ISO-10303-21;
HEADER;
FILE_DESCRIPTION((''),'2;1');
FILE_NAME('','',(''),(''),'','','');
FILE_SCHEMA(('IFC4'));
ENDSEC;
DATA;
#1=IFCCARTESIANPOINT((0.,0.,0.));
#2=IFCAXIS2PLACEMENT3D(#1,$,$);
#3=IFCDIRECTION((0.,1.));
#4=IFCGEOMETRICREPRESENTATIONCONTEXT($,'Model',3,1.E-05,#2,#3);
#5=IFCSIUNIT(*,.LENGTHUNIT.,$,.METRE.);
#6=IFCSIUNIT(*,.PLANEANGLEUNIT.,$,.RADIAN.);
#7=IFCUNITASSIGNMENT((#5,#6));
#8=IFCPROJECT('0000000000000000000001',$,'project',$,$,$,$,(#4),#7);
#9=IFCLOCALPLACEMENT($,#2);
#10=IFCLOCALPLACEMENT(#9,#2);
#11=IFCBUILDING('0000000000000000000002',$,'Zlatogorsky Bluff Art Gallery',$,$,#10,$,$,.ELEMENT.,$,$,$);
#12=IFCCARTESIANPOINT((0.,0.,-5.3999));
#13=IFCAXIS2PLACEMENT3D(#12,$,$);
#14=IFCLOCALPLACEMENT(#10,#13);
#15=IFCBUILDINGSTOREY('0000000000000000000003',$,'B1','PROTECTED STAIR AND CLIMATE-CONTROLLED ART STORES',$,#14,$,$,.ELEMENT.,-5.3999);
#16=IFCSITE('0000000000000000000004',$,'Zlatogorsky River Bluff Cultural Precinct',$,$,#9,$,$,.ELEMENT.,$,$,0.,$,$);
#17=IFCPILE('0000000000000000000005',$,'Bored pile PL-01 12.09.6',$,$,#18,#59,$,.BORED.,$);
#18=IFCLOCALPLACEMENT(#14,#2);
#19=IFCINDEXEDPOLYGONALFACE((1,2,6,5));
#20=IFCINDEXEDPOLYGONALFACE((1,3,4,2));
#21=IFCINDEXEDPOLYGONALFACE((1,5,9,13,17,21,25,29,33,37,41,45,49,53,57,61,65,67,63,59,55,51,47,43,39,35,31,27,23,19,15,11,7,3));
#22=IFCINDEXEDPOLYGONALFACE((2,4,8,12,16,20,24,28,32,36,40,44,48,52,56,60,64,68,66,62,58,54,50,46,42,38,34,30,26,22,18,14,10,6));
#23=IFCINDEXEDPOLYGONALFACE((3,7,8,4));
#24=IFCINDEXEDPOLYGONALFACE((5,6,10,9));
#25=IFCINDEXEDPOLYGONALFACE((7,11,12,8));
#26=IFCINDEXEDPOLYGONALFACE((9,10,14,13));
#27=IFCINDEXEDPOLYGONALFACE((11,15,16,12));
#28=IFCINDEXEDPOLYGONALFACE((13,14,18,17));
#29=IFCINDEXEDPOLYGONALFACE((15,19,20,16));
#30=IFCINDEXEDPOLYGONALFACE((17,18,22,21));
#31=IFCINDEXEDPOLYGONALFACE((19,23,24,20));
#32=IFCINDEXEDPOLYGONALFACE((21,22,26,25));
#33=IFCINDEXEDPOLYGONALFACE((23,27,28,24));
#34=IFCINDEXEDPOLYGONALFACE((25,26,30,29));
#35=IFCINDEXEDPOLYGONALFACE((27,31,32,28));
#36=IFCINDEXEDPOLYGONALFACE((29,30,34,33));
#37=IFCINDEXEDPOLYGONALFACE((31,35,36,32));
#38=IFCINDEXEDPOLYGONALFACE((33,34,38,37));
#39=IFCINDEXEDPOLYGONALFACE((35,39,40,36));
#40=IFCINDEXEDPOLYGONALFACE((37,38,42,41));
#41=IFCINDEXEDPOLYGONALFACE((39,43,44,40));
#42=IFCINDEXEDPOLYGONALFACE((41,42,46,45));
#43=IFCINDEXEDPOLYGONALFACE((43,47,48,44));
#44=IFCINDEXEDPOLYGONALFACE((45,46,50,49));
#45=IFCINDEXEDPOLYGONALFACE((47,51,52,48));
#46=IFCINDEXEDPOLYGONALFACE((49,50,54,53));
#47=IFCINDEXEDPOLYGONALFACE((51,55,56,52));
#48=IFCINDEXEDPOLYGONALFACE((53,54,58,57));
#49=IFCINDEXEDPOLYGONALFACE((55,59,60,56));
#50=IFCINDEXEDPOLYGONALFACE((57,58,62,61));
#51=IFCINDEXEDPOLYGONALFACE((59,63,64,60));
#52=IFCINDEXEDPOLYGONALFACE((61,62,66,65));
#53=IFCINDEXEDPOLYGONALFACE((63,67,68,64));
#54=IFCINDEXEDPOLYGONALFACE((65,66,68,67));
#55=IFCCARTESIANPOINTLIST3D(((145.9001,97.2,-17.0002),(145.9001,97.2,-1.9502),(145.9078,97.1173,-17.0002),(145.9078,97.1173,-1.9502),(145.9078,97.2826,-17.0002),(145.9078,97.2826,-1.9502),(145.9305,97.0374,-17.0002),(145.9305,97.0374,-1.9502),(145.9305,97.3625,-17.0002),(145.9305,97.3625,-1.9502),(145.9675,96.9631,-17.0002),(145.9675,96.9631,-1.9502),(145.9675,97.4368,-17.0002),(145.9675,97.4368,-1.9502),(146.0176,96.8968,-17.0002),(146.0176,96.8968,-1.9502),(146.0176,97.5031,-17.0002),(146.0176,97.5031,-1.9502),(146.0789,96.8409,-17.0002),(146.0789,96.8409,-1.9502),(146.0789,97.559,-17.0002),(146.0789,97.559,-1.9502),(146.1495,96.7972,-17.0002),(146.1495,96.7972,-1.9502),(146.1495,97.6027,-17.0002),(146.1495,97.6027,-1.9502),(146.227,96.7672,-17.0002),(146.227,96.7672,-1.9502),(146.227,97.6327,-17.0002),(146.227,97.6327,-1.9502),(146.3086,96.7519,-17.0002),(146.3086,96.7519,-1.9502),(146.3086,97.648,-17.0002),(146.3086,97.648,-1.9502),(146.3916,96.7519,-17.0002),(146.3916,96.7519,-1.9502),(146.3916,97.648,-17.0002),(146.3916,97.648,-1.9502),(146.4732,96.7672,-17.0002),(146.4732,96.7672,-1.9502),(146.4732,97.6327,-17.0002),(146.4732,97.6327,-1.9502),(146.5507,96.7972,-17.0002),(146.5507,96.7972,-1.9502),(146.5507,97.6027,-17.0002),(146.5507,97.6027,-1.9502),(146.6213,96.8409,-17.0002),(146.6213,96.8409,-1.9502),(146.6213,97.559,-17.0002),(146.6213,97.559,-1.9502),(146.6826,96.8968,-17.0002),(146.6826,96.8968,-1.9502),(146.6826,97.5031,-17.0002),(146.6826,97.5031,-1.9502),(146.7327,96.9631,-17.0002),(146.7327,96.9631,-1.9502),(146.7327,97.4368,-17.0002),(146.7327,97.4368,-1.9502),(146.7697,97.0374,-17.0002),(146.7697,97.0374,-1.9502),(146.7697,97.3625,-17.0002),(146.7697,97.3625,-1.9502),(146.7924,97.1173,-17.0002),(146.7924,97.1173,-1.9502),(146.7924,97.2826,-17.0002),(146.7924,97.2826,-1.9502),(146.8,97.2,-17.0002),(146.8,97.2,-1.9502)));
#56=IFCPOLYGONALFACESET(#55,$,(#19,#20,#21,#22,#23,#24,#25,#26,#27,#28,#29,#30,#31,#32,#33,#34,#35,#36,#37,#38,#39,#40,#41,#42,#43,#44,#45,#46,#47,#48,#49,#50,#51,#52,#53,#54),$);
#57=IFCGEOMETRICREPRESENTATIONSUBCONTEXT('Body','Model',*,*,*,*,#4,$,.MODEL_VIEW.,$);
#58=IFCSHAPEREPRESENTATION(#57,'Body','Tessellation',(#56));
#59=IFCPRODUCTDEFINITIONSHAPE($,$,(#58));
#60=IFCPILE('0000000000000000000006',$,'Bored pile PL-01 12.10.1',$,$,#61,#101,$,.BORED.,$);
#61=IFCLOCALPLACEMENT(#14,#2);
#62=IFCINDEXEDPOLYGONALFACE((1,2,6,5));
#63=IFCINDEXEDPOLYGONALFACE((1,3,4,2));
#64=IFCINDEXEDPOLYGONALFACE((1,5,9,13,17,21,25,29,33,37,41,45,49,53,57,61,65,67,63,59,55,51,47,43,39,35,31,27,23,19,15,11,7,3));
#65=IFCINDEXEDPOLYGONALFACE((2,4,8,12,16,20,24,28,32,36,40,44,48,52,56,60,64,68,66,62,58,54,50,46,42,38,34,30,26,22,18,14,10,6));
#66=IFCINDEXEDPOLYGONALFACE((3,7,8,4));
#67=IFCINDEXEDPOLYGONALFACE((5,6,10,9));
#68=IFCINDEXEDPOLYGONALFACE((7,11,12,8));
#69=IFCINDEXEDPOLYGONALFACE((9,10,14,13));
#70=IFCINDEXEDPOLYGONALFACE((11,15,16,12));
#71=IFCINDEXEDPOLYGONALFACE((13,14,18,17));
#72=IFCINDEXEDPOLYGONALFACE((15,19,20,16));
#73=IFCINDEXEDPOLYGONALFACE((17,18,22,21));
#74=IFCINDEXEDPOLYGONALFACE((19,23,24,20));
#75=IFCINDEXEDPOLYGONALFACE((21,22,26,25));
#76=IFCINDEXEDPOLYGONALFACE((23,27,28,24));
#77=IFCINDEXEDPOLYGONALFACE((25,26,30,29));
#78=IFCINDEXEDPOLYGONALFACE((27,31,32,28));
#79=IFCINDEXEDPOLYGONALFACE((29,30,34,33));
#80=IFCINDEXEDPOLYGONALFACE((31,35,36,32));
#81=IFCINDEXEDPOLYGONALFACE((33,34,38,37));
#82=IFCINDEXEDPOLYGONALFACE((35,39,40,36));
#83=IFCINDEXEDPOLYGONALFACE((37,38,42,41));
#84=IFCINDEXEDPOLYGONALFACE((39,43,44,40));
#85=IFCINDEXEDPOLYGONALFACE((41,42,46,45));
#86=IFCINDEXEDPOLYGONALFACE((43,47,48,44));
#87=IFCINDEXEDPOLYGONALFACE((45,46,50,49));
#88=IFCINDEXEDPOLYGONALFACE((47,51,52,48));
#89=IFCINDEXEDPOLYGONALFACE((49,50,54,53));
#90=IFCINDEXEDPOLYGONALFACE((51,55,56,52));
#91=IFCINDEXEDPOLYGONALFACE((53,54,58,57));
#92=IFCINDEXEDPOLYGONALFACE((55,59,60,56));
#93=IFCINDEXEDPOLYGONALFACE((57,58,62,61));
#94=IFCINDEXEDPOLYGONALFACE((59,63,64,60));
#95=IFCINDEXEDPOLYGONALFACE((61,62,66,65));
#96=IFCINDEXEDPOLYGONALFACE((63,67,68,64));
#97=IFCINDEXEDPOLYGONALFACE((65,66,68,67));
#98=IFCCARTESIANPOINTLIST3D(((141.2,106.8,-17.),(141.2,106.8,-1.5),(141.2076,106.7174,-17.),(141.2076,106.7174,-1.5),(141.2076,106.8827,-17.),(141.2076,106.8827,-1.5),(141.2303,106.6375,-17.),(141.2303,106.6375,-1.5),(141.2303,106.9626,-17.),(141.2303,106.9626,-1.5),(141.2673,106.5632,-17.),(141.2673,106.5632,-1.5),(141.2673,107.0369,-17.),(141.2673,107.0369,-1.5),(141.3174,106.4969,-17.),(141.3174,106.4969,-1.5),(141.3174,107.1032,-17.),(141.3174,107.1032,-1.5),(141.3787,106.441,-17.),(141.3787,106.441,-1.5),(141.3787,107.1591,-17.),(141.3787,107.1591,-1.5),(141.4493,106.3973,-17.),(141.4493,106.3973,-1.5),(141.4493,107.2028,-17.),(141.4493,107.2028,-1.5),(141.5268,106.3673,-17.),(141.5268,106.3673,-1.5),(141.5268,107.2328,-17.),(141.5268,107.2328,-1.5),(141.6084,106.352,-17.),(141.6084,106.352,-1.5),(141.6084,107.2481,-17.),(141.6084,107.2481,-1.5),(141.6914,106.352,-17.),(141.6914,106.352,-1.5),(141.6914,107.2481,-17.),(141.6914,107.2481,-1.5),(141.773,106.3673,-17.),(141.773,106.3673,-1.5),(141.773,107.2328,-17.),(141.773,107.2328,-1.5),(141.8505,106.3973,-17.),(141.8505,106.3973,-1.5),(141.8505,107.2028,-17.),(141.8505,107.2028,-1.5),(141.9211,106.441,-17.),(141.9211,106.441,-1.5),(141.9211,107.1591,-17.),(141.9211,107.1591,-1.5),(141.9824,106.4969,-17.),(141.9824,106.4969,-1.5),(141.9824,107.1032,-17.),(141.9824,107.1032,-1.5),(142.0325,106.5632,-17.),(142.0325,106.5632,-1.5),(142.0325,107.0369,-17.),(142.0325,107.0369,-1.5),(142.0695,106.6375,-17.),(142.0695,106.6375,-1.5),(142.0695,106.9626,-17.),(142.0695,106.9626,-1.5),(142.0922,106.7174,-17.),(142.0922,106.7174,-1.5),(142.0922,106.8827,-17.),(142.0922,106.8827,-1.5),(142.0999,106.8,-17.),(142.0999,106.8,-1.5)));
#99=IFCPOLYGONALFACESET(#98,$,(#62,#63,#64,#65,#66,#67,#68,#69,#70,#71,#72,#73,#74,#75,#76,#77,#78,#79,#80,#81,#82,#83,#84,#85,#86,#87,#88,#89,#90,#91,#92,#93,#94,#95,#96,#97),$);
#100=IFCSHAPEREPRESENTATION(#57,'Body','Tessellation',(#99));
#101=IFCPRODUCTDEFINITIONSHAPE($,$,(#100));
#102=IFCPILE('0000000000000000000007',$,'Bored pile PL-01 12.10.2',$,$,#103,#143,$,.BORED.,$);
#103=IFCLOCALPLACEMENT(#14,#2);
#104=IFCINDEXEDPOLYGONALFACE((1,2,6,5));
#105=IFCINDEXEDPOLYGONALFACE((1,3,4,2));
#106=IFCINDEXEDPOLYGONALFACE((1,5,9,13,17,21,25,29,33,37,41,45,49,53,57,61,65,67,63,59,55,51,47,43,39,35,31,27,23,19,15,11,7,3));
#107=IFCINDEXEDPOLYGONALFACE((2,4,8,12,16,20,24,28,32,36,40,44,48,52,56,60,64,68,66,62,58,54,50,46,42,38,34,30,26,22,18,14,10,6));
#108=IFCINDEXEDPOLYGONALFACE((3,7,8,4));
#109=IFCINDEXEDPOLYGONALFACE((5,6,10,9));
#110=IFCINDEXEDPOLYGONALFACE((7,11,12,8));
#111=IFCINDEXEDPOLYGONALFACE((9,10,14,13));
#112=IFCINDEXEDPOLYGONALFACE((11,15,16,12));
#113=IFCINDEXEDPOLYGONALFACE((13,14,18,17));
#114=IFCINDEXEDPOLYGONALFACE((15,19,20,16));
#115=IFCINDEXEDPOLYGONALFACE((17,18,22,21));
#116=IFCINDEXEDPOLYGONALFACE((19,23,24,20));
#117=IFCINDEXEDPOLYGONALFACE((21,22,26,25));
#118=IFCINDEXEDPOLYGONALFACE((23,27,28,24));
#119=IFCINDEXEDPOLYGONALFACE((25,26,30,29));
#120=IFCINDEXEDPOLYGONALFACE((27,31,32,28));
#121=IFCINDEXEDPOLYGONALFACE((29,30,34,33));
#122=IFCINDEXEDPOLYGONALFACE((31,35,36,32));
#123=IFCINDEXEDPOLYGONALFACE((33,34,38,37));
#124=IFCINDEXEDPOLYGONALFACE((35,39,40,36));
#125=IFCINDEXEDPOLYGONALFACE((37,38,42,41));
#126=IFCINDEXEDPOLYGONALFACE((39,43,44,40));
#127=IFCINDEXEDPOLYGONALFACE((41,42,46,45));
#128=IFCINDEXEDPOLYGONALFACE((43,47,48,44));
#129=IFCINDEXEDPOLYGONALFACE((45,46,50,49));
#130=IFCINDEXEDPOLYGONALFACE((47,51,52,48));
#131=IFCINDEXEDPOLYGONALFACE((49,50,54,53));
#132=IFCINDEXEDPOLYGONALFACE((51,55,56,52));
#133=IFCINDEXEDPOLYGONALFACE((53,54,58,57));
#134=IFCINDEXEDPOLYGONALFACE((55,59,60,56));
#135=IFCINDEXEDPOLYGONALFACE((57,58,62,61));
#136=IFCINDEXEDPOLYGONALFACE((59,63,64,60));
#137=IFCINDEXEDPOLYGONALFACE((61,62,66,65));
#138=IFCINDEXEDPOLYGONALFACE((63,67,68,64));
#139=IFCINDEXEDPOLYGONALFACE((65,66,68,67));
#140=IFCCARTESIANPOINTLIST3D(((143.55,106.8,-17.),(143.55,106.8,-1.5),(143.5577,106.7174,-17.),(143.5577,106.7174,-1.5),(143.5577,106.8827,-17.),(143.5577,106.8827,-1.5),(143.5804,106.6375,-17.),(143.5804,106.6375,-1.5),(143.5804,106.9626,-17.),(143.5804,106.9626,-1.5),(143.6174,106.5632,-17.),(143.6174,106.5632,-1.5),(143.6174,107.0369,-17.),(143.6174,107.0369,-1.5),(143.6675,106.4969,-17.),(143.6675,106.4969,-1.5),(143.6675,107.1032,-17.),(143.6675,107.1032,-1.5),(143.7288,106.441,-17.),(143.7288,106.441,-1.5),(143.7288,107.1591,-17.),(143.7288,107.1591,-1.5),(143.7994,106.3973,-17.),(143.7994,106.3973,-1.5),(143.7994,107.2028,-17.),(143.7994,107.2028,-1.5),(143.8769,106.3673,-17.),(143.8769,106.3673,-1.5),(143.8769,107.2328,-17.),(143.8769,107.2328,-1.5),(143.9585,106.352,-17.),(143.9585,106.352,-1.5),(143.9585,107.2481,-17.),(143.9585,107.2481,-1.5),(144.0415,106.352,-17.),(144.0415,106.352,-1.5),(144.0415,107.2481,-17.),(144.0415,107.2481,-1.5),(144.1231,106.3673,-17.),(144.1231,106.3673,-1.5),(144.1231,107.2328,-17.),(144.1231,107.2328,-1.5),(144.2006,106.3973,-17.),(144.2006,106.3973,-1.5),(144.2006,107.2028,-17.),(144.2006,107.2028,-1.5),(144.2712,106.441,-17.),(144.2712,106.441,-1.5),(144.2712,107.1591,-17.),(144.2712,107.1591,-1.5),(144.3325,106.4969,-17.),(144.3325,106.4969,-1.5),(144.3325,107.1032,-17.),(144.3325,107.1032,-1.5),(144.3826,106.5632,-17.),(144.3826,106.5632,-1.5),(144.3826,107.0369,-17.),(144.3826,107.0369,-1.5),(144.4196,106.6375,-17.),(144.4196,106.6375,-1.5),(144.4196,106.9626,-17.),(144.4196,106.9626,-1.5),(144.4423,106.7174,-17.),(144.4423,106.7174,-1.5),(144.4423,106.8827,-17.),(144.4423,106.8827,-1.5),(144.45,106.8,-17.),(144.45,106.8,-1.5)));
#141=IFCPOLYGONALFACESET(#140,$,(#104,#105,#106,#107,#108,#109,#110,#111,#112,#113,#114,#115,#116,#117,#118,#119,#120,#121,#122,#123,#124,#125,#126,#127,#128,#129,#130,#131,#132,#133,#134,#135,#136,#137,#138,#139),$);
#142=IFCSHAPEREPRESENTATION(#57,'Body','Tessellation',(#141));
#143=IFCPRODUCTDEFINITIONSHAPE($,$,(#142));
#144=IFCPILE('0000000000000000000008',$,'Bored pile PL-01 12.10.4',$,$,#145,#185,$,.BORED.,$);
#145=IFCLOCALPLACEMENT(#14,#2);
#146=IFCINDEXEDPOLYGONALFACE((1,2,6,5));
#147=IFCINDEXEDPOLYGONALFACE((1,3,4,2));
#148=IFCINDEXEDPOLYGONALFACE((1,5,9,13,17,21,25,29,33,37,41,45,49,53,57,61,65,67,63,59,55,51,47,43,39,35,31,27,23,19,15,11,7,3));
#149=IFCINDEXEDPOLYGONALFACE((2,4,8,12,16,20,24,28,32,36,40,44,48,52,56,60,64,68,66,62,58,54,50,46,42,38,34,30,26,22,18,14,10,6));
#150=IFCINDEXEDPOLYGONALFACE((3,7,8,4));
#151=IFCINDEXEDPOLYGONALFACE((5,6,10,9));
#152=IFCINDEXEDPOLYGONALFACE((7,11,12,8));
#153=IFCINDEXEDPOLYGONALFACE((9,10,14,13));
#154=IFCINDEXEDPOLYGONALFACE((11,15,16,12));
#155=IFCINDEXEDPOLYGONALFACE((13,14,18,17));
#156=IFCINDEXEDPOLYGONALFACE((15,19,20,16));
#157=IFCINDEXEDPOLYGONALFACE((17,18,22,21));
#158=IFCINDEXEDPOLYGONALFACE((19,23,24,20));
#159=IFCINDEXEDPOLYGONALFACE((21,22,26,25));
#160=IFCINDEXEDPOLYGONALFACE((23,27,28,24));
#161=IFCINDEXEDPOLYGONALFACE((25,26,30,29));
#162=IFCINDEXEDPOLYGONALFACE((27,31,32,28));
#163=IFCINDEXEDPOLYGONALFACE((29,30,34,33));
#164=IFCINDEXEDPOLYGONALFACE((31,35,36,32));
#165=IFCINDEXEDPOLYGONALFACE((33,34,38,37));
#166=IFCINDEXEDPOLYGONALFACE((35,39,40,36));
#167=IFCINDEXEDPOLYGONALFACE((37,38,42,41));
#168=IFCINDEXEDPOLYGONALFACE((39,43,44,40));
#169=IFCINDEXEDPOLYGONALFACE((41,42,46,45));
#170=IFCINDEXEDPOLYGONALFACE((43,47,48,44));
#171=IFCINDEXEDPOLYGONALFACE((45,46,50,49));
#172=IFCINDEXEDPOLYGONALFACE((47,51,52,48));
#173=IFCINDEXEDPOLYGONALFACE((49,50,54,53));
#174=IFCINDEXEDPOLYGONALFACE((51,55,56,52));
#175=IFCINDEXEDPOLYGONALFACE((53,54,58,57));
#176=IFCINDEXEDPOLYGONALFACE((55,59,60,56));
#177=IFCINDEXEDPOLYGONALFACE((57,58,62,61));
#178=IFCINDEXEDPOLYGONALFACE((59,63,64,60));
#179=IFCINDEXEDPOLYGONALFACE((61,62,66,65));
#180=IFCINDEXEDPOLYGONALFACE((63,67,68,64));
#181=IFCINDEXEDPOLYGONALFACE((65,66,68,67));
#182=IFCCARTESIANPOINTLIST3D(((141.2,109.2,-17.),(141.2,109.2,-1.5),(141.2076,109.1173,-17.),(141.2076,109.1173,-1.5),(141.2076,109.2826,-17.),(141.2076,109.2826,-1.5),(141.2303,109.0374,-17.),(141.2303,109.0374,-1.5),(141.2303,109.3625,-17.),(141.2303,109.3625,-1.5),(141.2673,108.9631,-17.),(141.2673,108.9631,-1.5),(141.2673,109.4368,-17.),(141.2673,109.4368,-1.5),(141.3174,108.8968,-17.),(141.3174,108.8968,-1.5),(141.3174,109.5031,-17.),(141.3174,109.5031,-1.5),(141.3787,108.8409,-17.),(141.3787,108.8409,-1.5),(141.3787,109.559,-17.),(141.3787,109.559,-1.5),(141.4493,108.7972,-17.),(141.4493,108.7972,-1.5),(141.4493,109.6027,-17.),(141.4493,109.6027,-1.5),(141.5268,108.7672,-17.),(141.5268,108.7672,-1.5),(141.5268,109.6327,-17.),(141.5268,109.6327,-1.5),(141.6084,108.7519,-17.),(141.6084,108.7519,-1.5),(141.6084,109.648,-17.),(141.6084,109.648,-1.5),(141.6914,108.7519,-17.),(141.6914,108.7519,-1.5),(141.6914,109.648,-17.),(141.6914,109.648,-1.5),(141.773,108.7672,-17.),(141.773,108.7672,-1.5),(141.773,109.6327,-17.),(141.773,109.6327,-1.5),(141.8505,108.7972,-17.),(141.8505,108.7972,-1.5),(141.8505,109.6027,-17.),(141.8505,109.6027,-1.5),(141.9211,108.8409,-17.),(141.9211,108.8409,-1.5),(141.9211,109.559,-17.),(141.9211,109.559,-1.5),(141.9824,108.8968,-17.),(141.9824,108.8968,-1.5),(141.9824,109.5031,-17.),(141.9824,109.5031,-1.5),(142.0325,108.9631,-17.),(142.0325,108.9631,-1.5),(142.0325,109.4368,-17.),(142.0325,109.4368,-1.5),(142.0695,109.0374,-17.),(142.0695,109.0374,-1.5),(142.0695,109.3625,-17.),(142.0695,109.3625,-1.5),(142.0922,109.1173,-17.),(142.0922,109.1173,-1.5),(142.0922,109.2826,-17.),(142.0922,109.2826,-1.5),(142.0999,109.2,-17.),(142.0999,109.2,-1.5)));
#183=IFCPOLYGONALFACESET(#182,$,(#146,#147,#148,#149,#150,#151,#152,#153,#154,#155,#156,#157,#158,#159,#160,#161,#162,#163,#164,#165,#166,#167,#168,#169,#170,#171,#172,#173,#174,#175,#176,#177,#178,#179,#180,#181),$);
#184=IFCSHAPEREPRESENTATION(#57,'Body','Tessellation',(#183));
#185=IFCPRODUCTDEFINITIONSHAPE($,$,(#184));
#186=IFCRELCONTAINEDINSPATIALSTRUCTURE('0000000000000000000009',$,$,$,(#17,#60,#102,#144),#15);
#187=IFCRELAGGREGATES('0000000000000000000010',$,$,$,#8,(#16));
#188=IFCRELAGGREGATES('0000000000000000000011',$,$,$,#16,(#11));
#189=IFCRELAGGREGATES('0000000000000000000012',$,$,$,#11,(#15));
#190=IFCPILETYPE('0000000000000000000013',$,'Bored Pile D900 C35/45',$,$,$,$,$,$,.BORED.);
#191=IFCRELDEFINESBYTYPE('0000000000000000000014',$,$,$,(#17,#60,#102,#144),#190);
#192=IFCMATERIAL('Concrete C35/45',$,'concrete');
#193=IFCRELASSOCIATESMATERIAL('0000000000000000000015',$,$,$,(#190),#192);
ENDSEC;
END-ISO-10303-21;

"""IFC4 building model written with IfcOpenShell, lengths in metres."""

from ifc_helpers import new_model, si_unit, direction, frame, origin, origin_2d, place, context, subcontext, project, spatial, circle, extrude, material, material_profile, profile_set, type_object, element, save


model = new_model("IFC4")

# Units and contexts
model_context = context("Model", 3, precision=1e-05, world=origin(), true_north=direction((0.0, 1.0)))
body_context = subcontext(model_context, "Body", "Model", "MODEL_VIEW")
ifc_project = project(units=[si_unit("LENGTHUNIT", "METRE"), si_unit("PLANEANGLEUNIT", "RADIAN")], contexts=[model_context])

# Site, building, storey
site_placement = place(None, origin())
site = spatial("IfcSite", under=ifc_project, at=site_placement, Name="Zlatogorsky River Bluff Cultural Precinct", CompositionType="ELEMENT", RefElevation=0.0)
building_placement = place(site_placement, origin())
building = spatial("IfcBuilding", under=site, at=building_placement, Name="Zlatogorsky Bluff Art Gallery", CompositionType="ELEMENT")
storey_placement = place(building_placement, frame((0.0, 0.0, -5.3999)))
storey = spatial("IfcBuildingStorey", under=building, at=storey_placement, Name="B1", Description="PROTECTED STAIR AND CLIMATE-CONTROLLED ART STORES", CompositionType="ELEMENT", Elevation=-5.3999)

# Piles
ifc_material_1 = material(Name="Concrete C35/45", Category="concrete")
ifc_material_profile_1 = material_profile(ifc_material_1, circle(Radius=0.45, at=origin_2d()), Name="BORED PILE D900")
ifc_profile_set_1 = profile_set([ifc_material_profile_1], Name="Concrete C35/45")
pile_type = type_object("IfcPileType", Name="Bored Pile D900 C35/45", PredefinedType="BORED", material=ifc_profile_set_1)
for number, where, z_axis, x_axis, name in (
    (1, (146.3501, 97.2, -1.9502), (0.0, 0.0, -1.0), (1.0, 0.0, 0.0), "Bored pile PL-01 12.09.6"),
):
    element("IfcPile", number, at=place(storey_placement, frame(where, z_axis=z_axis, x_axis=x_axis)), inside=storey, type_object=pile_type, Name=name, PredefinedType="BORED", context=body_context, shape_type="SweptSolid", body=[
        extrude(circle(Radius=0.45, at=origin_2d()), origin(), (0.0, 0.0, 1.0), 15.05),
    ])
for number, where, z_axis, x_axis, name in (
    (2, (141.6499, 106.8, -1.5), (0.0, 0.0, -1.0), (1.0, 0.0, 0.0), "Bored pile PL-01 12.10.1"),
    (3, (144.0, 106.8, -1.5), (0.0, 0.0, -1.0), (1.0, 0.0, 0.0), "Bored pile PL-01 12.10.2"),
    (4, (141.6499, 109.2, -1.5), (0.0, 0.0, -1.0), (1.0, 0.0, 0.0), "Bored pile PL-01 12.10.4"),
):
    element("IfcPile", number, at=place(storey_placement, frame(where, z_axis=z_axis, x_axis=x_axis)), inside=storey, type_object=pile_type, Name=name, PredefinedType="BORED", context=body_context, shape_type="SweptSolid", body=[
        extrude(circle(Radius=0.45, at=origin_2d()), origin(), (0.0, 0.0, 1.0), 15.5),
    ])

save(model, "model.ifc")
